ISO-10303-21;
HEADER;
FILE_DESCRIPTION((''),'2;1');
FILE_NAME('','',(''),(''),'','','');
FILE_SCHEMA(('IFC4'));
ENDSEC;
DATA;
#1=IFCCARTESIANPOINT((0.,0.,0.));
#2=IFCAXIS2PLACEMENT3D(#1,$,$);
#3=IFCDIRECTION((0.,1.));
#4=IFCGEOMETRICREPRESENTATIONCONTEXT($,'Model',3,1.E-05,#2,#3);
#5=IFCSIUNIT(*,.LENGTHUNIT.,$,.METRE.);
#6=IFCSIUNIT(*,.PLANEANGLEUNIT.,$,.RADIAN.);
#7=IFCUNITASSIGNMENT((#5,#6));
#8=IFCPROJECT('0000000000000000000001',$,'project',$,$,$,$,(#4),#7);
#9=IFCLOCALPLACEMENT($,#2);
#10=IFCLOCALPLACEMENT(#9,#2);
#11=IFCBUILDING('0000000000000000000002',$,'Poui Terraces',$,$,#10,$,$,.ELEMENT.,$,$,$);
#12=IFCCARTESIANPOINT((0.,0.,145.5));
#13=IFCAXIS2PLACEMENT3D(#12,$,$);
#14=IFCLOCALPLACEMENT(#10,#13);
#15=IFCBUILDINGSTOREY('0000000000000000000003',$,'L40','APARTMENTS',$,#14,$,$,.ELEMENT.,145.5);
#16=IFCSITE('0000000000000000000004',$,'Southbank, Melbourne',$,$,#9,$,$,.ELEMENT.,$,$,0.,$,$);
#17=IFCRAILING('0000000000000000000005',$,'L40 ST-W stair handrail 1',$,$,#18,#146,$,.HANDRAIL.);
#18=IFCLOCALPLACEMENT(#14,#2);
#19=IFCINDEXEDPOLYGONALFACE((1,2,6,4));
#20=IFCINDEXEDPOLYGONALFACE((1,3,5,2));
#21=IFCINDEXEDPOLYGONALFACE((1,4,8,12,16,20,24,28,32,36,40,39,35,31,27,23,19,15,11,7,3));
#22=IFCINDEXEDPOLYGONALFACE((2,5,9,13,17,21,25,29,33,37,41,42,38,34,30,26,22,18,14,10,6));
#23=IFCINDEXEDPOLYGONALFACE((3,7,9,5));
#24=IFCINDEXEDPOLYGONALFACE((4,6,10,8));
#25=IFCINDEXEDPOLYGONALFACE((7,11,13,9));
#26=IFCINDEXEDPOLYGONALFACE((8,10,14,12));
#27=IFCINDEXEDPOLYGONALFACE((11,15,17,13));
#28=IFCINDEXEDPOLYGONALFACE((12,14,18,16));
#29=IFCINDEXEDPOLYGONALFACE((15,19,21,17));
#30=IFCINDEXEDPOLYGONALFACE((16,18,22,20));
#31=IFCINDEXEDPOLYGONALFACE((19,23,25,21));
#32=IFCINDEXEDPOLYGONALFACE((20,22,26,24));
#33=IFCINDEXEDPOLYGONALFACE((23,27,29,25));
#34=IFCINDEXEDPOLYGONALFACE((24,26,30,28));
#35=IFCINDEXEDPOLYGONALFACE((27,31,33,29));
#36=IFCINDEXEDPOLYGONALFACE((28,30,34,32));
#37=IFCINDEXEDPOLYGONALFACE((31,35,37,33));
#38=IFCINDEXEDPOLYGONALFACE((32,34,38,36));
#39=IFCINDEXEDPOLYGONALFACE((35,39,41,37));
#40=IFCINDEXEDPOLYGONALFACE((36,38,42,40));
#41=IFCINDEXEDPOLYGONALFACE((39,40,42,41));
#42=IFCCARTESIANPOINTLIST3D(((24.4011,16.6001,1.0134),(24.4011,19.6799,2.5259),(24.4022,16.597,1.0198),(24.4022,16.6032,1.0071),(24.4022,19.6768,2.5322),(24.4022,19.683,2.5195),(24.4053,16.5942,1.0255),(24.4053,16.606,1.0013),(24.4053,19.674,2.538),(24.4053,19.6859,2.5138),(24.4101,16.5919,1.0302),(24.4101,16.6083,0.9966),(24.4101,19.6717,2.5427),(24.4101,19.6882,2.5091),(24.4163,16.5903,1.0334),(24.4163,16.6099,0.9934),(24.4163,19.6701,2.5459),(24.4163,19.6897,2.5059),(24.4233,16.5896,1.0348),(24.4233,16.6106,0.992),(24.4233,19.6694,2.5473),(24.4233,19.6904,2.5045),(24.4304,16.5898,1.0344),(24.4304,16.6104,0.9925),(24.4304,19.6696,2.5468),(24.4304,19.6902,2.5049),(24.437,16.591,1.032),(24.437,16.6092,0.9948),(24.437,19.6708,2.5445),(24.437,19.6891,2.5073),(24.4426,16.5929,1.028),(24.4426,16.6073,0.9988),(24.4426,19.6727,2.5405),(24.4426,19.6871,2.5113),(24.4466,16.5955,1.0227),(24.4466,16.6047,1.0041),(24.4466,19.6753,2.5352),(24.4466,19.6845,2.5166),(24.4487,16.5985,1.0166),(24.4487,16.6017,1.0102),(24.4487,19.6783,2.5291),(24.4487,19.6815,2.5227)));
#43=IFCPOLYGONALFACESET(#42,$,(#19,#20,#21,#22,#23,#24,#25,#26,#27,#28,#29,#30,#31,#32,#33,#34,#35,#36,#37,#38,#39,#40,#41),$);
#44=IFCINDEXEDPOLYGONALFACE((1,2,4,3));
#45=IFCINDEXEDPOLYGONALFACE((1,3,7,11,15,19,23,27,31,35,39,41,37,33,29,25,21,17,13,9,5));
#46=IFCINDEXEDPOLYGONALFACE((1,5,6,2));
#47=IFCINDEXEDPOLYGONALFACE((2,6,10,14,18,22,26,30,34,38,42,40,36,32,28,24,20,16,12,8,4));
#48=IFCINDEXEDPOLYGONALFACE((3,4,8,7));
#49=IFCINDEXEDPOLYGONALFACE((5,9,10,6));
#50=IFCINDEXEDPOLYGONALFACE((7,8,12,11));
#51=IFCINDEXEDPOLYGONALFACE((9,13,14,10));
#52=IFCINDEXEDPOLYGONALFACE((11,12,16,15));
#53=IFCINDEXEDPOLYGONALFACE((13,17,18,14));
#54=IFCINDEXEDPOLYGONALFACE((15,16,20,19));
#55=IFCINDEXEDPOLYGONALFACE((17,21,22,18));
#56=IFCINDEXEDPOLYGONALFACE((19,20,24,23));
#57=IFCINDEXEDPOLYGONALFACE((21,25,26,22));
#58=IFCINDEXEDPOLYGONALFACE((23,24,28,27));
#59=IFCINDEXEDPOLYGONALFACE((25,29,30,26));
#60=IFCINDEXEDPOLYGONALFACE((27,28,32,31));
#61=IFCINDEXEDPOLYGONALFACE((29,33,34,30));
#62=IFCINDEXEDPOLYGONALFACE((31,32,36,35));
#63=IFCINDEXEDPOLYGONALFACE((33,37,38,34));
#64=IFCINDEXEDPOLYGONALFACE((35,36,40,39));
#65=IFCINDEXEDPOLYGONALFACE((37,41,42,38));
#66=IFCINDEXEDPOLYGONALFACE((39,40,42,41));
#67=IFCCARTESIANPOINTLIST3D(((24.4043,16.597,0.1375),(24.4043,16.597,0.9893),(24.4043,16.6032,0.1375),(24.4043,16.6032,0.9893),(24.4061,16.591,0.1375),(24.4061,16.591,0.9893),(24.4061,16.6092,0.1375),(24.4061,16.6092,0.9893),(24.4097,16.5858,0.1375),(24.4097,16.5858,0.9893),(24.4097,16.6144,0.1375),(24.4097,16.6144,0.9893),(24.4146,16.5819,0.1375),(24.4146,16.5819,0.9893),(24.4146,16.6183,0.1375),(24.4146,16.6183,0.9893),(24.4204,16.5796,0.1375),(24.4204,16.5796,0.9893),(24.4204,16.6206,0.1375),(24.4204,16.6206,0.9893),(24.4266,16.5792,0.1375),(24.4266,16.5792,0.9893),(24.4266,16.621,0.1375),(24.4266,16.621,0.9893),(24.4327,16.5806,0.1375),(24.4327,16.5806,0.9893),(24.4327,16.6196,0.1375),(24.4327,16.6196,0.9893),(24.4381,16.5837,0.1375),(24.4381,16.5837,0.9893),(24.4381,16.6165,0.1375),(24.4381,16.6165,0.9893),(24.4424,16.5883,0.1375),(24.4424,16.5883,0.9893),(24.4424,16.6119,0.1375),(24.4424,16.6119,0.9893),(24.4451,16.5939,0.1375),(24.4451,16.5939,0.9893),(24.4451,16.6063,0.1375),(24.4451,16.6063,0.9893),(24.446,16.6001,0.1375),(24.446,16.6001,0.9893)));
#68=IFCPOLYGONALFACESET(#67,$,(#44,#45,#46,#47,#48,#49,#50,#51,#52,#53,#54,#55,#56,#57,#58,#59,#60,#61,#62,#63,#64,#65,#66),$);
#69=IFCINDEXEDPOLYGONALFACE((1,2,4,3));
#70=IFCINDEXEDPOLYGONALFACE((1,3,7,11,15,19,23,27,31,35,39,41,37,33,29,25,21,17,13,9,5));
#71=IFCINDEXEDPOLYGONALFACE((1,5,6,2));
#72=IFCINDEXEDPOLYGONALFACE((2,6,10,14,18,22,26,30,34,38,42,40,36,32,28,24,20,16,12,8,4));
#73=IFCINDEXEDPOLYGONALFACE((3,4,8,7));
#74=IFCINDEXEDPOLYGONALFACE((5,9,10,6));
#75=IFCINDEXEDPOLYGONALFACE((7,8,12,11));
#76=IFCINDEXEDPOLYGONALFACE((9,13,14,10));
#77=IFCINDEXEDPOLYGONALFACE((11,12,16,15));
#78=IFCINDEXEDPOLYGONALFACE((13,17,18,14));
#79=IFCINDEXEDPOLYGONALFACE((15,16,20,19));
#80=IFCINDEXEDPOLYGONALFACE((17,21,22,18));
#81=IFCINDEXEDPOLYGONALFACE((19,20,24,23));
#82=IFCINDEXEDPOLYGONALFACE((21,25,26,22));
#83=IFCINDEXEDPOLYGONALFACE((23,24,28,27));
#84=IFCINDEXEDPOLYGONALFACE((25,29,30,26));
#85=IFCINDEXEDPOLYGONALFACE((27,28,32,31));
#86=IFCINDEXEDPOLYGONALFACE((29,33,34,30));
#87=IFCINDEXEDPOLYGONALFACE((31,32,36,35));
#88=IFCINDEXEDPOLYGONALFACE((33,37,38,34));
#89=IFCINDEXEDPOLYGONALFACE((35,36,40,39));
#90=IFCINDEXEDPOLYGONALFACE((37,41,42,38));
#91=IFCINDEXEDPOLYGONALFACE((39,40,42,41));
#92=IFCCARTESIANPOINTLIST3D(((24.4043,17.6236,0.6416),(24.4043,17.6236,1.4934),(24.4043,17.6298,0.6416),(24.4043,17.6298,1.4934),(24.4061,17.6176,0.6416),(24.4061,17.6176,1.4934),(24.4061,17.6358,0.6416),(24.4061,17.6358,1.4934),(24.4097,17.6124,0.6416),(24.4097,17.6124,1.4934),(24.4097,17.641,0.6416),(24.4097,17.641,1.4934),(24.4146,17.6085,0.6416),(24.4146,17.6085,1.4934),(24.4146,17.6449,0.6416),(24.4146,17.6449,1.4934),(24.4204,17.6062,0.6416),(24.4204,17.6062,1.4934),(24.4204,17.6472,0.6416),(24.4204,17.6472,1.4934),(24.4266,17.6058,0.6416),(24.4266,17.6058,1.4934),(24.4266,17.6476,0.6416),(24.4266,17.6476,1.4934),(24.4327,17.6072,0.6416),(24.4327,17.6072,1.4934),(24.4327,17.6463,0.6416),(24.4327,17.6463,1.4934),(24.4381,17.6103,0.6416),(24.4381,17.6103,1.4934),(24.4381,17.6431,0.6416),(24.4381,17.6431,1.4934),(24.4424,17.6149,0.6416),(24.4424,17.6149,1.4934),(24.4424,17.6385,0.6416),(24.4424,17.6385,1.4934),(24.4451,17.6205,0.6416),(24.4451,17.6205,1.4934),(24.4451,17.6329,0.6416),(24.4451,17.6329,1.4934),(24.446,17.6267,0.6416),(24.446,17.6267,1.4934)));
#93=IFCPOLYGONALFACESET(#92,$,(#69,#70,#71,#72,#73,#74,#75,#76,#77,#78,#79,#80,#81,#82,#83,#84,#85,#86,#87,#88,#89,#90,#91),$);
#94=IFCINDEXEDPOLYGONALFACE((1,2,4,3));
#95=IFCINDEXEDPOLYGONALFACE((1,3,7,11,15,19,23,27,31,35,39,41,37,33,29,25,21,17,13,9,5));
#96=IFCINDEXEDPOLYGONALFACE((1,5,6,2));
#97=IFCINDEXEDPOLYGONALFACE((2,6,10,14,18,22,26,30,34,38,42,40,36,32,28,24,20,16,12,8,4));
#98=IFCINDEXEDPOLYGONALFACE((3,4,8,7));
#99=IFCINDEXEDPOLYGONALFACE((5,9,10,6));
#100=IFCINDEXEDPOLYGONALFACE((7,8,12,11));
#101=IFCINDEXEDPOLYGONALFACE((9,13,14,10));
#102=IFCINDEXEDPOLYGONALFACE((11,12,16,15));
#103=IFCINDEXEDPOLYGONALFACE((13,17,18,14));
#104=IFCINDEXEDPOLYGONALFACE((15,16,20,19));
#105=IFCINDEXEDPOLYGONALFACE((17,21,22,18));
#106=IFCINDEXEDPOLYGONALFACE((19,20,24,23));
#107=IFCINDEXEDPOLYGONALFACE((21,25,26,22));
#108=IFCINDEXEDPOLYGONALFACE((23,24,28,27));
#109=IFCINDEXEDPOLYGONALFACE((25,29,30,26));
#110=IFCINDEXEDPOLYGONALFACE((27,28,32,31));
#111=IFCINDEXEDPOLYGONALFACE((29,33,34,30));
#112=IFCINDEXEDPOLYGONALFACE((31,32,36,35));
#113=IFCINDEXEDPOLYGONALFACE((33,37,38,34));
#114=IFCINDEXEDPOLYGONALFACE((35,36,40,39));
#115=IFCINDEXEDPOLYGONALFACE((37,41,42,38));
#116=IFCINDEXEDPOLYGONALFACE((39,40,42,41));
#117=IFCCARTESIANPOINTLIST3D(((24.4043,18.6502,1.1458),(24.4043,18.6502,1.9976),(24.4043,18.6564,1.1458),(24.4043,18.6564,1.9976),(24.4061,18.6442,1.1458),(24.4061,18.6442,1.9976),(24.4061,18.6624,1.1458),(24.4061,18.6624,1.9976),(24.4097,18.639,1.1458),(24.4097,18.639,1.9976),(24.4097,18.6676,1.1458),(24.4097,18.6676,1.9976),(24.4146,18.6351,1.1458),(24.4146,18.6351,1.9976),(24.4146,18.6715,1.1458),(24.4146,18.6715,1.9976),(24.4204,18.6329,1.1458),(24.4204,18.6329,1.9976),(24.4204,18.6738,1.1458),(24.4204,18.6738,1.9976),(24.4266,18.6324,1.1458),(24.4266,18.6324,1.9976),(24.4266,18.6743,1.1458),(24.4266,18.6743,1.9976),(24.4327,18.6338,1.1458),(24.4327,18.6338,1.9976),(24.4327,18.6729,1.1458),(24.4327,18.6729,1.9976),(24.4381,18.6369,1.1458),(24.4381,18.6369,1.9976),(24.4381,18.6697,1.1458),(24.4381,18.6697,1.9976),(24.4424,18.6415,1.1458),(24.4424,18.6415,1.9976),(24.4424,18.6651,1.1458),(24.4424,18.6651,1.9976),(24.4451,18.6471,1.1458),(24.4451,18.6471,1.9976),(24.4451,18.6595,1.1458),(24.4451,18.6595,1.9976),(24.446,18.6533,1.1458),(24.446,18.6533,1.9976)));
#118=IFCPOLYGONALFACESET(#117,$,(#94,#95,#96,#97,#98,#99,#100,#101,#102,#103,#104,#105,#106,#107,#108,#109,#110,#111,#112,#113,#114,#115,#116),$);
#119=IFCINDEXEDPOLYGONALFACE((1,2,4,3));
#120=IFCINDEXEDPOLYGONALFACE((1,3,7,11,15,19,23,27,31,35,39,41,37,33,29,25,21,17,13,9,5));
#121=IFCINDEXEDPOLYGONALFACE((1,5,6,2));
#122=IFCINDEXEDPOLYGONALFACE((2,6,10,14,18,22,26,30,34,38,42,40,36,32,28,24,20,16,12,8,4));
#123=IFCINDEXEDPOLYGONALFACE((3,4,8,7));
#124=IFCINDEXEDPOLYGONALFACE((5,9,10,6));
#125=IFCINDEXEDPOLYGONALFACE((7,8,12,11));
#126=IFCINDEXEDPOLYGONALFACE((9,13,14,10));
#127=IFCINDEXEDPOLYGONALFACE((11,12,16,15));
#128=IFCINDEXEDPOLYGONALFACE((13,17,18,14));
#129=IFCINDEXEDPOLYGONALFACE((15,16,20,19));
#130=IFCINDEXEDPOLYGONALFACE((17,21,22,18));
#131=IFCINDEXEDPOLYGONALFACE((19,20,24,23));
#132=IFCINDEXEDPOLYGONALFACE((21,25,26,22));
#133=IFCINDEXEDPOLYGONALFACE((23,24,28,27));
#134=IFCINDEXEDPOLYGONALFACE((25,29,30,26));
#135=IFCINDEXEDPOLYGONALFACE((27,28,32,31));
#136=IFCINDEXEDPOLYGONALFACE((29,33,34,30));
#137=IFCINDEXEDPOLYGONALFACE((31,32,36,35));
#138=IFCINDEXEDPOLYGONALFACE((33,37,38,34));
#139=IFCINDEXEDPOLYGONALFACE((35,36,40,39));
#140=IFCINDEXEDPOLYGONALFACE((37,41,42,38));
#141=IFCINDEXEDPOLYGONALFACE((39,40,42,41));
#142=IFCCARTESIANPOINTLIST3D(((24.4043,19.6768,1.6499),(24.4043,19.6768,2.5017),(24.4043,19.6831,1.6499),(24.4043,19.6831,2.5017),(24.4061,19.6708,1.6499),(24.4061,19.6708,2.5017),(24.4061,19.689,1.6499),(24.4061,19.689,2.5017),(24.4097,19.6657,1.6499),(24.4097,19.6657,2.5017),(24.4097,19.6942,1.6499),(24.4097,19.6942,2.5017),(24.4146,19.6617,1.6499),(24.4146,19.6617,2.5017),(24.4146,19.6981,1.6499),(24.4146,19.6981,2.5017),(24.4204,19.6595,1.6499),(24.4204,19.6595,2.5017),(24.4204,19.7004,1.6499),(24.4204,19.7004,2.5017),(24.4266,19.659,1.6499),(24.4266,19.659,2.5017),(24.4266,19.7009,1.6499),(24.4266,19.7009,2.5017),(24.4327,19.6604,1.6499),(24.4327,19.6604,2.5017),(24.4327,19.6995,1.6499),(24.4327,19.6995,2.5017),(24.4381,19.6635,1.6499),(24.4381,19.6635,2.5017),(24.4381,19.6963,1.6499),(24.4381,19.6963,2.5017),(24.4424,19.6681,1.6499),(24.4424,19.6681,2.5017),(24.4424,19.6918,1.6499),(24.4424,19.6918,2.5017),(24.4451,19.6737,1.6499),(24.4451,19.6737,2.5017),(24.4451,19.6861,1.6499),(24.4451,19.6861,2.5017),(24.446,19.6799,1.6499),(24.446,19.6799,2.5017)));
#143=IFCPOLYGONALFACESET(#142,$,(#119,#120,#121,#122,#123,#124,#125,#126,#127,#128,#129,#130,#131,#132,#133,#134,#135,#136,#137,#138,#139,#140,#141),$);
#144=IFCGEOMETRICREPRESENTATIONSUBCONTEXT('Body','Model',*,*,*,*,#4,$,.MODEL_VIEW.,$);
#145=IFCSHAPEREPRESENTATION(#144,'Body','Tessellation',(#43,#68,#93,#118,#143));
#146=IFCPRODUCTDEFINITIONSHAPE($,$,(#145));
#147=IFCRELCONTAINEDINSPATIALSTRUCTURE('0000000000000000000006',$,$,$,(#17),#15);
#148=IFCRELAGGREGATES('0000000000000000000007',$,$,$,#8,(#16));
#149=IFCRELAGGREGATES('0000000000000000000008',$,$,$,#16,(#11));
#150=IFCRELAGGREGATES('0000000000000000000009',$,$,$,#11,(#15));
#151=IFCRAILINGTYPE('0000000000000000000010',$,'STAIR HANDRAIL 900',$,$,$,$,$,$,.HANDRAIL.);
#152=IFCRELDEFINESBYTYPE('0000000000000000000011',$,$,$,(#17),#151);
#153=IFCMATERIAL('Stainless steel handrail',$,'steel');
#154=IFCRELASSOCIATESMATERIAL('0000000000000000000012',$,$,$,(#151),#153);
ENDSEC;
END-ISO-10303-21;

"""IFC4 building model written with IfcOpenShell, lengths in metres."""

from ifc_helpers import new_model, si_unit, direction, frame, origin, origin_2d, place, context, subcontext, project, spatial, circle, extrude, material, type_object, element, save


model = new_model("IFC4")

# Units and contexts
model_context = context("Model", 3, precision=1e-05, world=origin(), true_north=direction((0.0, 1.0)))
body_context = subcontext(model_context, "Body", "Model", "MODEL_VIEW")
ifc_project = project(units=[si_unit("LENGTHUNIT", "METRE"), si_unit("PLANEANGLEUNIT", "RADIAN")], contexts=[model_context])

# Site, building, storey
site_placement = place(None, origin())
site = spatial("IfcSite", under=ifc_project, at=site_placement, Name="Southbank, Melbourne", CompositionType="ELEMENT", RefElevation=0.0)
building_placement = place(site_placement, origin())
building = spatial("IfcBuilding", under=site, at=building_placement, Name="Poui Terraces", CompositionType="ELEMENT")
storey_placement = place(building_placement, frame((0.0, 0.0, 145.5)))
storey = spatial("IfcBuildingStorey", under=building, at=storey_placement, Name="L40", Description="APARTMENTS", CompositionType="ELEMENT", Elevation=145.5)

# Railing
ifc_material_1 = material(Name="Stainless steel handrail", Category="steel")
railing_type_1 = type_object("IfcRailingType", Name="STAIR HANDRAIL 900", PredefinedType="HANDRAIL", material=ifc_material_1)
railing_1_placement = place(storey_placement, frame((24.425, 16.6001, 0.1375)))
element("IfcRailing", 1, at=railing_1_placement, inside=storey, type_object=railing_type_1, Name="L40 ST-W stair handrail 1", PredefinedType="HANDRAIL", context=body_context, shape_type="SweptSolid", body=[
    extrude(circle(Radius=0.0239, at=origin_2d()), frame((0.0, 0.0, 0.876), z_axis=(0.0, 0.897606, 0.440798), x_axis=(-1.0, 0.0, 0.0)), (0.0, 0.0, 1.0), 3.4312),
    extrude(circle(Radius=0.021, at=origin_2d()), origin(), (0.0, 0.0, 1.0), 0.8518),
    extrude(circle(Radius=0.021, at=origin_2d()), frame((0.0, 1.0266, 0.5042)), (0.0, 0.0, 1.0), 0.8518),
    extrude(circle(Radius=0.021, at=origin_2d()), frame((0.0, 2.0532, 1.0083)), (0.0, 0.0, 1.0), 0.8518),
    extrude(circle(Radius=0.021, at=origin_2d()), frame((0.0, 3.0798, 1.5125)), (0.0, 0.0, 1.0), 0.8518),
])

save(model, "model.ifc")
